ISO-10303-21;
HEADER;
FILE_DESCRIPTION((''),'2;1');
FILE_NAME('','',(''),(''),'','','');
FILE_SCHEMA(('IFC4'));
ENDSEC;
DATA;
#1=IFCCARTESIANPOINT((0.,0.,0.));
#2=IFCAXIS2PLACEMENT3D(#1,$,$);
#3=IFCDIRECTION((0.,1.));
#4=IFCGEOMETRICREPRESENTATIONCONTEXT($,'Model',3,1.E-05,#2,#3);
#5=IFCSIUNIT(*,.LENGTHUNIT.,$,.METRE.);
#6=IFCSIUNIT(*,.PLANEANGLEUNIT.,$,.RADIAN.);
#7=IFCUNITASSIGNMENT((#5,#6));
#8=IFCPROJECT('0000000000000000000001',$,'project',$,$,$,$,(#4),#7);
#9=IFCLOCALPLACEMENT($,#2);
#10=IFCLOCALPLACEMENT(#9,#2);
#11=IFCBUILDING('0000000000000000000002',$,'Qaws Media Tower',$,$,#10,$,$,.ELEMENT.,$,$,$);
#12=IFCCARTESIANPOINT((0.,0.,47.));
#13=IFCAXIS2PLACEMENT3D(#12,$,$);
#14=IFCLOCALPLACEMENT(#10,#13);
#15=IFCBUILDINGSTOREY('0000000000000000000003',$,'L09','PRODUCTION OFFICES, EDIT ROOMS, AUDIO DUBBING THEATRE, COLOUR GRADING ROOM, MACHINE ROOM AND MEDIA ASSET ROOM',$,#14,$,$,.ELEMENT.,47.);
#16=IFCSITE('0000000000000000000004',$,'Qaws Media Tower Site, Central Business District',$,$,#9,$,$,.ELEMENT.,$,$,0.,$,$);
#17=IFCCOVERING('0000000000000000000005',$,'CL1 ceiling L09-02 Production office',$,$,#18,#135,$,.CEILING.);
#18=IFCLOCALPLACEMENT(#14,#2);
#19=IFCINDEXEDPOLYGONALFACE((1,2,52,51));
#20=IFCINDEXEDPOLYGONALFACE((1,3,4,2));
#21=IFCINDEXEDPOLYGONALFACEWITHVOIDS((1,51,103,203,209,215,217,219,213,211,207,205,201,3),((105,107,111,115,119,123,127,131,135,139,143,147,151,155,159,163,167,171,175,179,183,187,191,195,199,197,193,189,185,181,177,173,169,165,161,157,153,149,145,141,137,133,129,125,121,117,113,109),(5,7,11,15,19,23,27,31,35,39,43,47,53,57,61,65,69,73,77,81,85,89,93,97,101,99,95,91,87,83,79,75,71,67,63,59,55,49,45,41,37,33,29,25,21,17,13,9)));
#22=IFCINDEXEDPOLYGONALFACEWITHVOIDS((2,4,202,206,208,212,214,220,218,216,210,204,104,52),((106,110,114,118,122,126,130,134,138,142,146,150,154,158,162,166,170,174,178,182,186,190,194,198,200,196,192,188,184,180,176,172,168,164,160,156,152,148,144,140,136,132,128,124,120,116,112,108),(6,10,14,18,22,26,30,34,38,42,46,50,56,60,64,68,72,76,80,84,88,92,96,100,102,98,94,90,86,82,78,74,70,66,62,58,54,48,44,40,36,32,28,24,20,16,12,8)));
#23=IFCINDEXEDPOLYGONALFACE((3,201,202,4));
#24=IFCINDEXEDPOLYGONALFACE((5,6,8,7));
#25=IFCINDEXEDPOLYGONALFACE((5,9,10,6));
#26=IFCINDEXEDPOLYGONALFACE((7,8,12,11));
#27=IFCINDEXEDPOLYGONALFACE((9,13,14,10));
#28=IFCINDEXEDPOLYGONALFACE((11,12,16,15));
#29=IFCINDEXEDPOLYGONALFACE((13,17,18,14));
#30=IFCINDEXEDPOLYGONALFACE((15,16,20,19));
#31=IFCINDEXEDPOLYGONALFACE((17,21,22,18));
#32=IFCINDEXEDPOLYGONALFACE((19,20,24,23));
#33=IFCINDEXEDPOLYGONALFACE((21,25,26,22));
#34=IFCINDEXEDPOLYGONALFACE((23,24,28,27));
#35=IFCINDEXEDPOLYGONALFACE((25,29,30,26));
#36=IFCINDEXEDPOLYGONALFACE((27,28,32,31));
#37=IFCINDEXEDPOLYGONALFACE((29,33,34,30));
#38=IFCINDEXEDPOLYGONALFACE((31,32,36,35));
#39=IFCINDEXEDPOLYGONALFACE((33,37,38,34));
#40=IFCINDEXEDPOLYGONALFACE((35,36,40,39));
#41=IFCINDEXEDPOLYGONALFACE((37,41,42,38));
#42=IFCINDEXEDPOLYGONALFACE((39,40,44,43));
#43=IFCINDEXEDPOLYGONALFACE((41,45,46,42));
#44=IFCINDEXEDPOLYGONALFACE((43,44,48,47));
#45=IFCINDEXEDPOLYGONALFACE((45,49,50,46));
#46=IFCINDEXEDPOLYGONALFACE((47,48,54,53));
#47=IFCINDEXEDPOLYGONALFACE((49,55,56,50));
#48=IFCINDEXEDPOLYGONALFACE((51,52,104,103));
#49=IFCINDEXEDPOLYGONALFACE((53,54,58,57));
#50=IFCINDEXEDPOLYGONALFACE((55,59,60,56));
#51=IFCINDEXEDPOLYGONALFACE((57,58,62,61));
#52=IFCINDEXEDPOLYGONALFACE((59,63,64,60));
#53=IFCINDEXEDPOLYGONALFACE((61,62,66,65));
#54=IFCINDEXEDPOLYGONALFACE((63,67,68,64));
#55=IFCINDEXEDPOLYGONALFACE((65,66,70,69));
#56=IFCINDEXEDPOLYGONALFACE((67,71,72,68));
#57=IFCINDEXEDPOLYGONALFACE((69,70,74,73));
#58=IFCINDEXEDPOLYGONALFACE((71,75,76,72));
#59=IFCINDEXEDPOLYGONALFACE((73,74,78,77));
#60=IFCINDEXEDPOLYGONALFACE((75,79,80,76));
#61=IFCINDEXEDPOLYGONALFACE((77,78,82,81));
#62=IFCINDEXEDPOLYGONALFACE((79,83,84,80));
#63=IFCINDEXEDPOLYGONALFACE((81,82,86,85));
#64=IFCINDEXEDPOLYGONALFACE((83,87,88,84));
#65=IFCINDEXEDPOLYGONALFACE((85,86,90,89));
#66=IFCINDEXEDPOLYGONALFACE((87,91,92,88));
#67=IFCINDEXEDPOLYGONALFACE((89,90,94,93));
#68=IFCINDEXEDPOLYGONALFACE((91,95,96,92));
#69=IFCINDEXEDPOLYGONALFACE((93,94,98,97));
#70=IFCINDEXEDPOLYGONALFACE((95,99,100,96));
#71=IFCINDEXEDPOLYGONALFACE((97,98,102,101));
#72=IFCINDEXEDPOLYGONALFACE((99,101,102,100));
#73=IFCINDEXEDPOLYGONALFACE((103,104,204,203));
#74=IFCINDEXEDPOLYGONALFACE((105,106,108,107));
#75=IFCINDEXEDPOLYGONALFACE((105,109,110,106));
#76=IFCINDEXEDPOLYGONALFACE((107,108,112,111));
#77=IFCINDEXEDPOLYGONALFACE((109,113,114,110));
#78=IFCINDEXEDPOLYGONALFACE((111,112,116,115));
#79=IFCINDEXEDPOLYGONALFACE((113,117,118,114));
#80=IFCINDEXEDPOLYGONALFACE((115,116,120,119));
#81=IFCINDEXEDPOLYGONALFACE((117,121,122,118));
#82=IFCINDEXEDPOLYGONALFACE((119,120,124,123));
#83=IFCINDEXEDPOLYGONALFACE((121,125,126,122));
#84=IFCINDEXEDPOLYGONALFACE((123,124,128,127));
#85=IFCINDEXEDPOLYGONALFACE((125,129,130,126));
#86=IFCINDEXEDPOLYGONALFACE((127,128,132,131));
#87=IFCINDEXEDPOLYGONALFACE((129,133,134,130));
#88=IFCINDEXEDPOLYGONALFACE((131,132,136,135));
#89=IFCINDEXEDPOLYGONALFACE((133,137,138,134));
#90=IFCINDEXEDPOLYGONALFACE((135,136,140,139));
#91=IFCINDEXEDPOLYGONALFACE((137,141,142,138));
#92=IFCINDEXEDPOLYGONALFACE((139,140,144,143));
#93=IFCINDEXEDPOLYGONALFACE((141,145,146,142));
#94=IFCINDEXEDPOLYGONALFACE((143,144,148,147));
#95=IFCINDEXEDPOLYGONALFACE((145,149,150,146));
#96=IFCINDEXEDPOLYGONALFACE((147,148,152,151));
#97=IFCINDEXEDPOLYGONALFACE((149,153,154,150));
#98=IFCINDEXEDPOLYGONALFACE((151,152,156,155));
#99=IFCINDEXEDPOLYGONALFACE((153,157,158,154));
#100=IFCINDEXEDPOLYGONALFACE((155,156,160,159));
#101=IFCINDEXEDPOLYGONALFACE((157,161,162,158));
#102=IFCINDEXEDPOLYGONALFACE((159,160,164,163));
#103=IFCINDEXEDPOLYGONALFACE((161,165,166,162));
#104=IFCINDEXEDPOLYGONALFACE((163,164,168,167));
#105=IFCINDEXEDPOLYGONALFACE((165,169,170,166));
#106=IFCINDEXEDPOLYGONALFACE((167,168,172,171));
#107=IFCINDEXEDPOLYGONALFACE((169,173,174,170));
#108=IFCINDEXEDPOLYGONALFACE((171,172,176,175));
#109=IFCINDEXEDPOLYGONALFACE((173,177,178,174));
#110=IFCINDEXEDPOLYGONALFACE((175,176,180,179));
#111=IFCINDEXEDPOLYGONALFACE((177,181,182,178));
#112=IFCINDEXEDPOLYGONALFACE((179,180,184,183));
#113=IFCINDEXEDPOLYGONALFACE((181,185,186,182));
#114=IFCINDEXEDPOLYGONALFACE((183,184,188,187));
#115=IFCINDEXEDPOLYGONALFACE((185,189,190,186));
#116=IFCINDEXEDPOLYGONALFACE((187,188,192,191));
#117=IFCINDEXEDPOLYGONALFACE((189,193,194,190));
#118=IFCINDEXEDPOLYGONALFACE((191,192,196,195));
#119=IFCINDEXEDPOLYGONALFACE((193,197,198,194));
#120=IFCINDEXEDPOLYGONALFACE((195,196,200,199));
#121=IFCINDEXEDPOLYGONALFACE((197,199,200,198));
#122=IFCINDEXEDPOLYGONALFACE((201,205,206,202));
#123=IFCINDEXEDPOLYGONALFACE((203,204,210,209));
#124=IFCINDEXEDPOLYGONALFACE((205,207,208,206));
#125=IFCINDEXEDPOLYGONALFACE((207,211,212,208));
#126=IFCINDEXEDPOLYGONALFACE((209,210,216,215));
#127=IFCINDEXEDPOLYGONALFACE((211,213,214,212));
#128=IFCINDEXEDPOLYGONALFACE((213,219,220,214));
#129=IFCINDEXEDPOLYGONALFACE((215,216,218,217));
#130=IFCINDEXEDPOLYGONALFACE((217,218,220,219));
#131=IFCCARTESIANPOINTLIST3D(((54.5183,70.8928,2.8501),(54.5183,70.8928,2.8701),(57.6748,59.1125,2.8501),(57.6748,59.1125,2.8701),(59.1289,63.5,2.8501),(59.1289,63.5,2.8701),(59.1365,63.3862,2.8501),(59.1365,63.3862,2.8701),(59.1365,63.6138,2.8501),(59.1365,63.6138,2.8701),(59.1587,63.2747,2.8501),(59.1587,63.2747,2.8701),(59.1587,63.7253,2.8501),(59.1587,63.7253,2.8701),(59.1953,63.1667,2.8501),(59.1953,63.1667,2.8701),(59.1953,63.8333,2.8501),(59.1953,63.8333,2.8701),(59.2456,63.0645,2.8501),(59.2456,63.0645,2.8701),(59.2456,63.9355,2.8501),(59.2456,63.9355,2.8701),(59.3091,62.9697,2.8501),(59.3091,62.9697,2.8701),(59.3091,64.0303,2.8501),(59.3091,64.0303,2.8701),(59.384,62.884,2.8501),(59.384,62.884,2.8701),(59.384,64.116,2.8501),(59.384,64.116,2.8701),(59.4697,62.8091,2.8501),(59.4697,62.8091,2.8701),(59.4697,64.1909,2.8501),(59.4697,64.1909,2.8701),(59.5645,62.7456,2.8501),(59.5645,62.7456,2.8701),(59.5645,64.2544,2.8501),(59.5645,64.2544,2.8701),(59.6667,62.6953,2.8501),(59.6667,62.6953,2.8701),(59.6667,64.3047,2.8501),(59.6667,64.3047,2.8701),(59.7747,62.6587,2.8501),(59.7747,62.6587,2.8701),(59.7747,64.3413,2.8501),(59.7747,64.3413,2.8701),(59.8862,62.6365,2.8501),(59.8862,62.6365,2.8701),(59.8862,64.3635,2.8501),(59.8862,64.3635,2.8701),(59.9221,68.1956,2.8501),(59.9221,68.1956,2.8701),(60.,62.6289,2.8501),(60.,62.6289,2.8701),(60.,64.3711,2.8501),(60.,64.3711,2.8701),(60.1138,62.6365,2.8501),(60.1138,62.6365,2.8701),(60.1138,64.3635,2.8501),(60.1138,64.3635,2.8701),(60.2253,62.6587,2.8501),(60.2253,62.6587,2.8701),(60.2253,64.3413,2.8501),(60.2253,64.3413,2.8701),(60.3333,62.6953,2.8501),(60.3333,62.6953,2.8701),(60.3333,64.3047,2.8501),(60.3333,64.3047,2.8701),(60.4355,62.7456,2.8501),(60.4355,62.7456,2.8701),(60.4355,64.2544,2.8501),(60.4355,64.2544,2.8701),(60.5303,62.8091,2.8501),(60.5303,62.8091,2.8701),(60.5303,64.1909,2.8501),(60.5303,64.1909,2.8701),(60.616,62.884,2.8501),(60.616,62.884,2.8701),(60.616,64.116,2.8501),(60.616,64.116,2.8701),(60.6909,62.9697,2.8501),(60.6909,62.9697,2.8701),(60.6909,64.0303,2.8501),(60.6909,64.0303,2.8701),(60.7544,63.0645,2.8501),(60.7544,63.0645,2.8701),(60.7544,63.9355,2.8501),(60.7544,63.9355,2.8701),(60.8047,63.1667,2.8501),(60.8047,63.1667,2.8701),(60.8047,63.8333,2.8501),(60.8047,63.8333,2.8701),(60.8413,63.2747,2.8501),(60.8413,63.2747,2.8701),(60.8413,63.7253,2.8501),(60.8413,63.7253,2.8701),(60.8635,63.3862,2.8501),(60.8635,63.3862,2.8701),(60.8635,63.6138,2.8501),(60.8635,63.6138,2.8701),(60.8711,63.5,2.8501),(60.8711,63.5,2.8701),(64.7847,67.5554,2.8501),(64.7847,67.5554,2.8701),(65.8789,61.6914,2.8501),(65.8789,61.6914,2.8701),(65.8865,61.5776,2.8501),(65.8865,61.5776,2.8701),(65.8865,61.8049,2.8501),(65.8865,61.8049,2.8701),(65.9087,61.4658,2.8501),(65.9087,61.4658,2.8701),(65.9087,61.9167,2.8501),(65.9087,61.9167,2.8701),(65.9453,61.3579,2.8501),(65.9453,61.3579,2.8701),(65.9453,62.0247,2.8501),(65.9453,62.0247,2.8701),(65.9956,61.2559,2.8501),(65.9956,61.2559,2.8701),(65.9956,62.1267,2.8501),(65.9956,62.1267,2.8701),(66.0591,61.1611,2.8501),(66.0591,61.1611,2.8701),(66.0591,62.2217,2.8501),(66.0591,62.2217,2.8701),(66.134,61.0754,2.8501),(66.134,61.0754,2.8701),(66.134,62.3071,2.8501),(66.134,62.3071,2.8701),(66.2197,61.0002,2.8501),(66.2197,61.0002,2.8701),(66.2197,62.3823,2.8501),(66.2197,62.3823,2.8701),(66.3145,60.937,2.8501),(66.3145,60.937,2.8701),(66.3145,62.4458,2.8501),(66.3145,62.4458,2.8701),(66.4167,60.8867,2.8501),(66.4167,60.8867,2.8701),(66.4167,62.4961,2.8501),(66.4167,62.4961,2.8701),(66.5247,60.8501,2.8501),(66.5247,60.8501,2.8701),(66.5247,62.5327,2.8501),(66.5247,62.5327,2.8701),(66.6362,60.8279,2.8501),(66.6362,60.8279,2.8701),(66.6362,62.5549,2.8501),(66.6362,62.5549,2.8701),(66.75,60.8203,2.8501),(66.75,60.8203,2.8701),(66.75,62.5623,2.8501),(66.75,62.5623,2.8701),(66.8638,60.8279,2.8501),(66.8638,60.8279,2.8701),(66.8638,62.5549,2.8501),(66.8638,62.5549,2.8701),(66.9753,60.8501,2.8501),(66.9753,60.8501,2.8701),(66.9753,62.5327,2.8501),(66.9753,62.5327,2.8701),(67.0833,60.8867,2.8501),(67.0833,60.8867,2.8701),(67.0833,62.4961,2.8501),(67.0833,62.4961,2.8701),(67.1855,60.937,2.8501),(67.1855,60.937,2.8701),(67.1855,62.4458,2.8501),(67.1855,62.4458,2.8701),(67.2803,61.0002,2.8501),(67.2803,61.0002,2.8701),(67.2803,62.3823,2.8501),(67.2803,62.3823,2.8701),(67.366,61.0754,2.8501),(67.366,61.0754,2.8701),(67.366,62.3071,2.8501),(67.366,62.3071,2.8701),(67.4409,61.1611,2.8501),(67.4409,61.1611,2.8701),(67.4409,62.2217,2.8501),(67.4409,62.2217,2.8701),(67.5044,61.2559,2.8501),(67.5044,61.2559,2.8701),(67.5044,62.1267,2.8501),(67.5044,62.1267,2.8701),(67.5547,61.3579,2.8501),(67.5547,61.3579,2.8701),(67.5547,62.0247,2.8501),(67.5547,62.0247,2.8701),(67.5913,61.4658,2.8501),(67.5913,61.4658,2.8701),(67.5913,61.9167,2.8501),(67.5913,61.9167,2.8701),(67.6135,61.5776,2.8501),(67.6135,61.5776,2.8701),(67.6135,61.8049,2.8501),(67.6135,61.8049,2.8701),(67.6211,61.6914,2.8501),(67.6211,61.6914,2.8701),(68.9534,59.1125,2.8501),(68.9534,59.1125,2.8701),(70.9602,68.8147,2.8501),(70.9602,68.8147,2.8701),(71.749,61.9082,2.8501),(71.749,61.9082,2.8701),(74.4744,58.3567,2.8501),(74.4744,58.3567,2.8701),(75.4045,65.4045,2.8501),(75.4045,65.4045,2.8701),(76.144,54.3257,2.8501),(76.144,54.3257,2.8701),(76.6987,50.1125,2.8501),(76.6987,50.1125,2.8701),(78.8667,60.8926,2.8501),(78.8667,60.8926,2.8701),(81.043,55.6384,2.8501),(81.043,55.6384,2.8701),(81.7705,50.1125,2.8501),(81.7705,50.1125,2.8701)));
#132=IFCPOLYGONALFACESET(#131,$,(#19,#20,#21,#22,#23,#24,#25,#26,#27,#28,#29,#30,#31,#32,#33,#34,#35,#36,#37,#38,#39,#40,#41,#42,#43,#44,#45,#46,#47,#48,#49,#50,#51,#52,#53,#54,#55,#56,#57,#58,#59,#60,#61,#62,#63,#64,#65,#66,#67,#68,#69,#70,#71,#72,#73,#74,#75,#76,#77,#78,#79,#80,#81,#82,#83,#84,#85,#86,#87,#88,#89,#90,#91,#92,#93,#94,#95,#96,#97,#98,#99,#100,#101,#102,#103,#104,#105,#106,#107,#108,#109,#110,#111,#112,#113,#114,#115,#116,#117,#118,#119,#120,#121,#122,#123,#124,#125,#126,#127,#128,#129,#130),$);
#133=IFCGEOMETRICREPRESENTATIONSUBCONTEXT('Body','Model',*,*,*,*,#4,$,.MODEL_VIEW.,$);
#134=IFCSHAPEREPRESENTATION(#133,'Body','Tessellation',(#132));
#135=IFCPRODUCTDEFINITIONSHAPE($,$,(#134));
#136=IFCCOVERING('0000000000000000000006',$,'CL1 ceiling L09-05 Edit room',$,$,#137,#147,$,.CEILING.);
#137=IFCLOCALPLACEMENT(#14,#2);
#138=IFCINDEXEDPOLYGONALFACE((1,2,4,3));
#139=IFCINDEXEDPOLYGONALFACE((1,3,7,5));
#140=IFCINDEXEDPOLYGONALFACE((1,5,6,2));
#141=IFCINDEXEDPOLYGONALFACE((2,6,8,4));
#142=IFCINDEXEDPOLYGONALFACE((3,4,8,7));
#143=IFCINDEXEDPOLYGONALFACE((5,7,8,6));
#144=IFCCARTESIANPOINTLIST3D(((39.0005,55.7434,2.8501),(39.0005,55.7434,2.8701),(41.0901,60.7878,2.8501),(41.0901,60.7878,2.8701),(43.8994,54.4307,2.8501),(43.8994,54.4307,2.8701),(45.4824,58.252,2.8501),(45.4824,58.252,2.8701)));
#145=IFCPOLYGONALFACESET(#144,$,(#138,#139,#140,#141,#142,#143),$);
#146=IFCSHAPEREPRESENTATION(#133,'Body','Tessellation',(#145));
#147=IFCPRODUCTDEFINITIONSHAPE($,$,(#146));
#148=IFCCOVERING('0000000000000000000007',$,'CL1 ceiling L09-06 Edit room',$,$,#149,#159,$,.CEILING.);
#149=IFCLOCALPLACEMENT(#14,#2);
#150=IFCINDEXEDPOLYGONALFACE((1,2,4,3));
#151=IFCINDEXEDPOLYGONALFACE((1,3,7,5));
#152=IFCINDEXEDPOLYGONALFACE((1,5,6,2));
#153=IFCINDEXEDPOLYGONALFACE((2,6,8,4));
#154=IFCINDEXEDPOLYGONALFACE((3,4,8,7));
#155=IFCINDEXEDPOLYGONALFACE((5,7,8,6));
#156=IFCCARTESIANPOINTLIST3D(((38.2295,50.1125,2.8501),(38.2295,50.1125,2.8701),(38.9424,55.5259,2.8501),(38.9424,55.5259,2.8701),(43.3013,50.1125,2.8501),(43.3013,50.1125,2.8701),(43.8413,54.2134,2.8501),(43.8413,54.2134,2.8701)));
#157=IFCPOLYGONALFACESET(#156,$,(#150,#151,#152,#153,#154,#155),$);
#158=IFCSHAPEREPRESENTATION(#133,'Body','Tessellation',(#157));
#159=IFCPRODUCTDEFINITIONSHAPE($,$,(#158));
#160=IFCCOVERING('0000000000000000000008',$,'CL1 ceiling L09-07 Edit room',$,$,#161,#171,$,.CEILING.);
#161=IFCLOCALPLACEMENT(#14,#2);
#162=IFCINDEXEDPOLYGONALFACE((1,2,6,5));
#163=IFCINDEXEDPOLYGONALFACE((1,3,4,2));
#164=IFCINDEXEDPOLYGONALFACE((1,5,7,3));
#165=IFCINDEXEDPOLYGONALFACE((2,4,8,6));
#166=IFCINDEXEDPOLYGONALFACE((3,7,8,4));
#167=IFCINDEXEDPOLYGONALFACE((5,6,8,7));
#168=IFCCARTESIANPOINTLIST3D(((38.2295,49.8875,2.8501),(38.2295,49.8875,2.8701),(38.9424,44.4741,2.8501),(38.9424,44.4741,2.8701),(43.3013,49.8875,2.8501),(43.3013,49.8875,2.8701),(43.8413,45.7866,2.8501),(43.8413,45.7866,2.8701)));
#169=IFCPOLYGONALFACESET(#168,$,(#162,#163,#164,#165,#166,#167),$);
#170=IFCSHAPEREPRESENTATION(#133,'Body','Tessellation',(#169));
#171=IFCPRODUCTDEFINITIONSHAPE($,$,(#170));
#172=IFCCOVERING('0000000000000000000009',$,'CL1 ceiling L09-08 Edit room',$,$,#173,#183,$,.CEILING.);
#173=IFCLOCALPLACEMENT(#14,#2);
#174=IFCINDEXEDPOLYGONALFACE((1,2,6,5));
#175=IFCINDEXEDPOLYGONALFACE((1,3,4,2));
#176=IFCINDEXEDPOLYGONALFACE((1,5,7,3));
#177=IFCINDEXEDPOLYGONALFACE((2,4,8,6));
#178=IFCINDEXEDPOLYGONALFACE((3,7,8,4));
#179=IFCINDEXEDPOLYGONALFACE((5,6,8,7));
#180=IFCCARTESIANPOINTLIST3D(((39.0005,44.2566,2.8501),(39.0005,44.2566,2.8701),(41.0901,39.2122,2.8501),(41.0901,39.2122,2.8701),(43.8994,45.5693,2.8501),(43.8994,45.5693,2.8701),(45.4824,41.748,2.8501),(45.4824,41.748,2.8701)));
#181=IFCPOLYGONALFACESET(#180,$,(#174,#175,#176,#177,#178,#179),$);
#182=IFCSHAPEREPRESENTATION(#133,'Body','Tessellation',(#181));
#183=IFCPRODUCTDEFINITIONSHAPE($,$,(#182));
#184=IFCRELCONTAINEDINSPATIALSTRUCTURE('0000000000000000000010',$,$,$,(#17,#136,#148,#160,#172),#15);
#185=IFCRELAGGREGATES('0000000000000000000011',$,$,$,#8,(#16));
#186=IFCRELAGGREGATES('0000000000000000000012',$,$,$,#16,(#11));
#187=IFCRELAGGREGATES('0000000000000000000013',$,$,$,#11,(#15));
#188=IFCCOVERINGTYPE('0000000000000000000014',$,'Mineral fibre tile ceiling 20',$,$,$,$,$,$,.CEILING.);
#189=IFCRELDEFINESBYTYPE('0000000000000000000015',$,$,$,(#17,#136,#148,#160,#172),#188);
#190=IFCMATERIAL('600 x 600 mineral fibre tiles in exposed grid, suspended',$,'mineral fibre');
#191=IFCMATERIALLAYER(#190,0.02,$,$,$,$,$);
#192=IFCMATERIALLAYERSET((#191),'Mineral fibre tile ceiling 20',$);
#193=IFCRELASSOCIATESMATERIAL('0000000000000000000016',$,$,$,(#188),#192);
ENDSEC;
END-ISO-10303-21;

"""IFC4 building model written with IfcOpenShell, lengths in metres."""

from ifc_helpers import new_model, si_unit, direction, frame, origin, place, context, subcontext, project, spatial, polyline, outline, extrude, material, layer, layer_set, type_object, element, save


model = new_model("IFC4")

# Units and contexts
model_context = context("Model", 3, precision=1e-05, world=origin(), true_north=direction((0.0, 1.0)))
body_context = subcontext(model_context, "Body", "Model", "MODEL_VIEW")
ifc_project = project(units=[si_unit("LENGTHUNIT", "METRE"), si_unit("PLANEANGLEUNIT", "RADIAN")], contexts=[model_context])

# Site, building, storey
site_placement = place(None, origin())
site = spatial("IfcSite", under=ifc_project, at=site_placement, Name="Qaws Media Tower Site, Central Business District", CompositionType="ELEMENT", RefElevation=0.0)
building_placement = place(site_placement, origin())
building = spatial("IfcBuilding", under=site, at=building_placement, Name="Qaws Media Tower", CompositionType="ELEMENT")
storey_placement = place(building_placement, frame((0.0, 0.0, 47.0)))
storey = spatial("IfcBuildingStorey", under=building, at=storey_placement, Name="L09", Description="PRODUCTION OFFICES, EDIT ROOMS, AUDIO DUBBING THEATRE, COLOUR GRADING ROOM, MACHINE ROOM AND MEDIA ASSET ROOM", CompositionType="ELEMENT", Elevation=47.0)

# Coverings
ifc_material_1 = material(Name="600 x 600 mineral fibre tiles in exposed grid, suspended", Category="mineral fibre")
ifc_layer_1 = layer(ifc_material_1, 0.02)
ifc_layer_set_1 = layer_set([ifc_layer_1], Name="Mineral fibre tile ceiling 20")
covering_type_1 = type_object("IfcCoveringType", Name="Mineral fibre tile ceiling 20", PredefinedType="CEILING", material=ifc_layer_set_1)
covering_1_placement = place(storey_placement, frame((0.0, 0.0, 2.8501)))
element("IfcCovering", 1, at=covering_1_placement, inside=storey, type_object=covering_type_1, Name="CL1 ceiling L09-02 Production office", PredefinedType="CEILING", context=body_context, shape_type="SweptSolid", body=[
    extrude(outline(polyline([(59.9221, 68.1956), (64.7847, 67.5554), (70.9602, 68.8147), (75.4045, 65.4045), (78.8667, 60.8926), (81.043, 55.6384), (81.7705, 50.1125), (76.6987, 50.1125), (76.144, 54.3257), (74.4744, 58.3567), (71.749, 61.9082), (68.9534, 59.1125), (57.6748, 59.1125), (54.5183, 70.8928), (59.9221, 68.1956)]), holes=[polyline([(60.8047, 63.1667), (60.8413, 63.2747), (60.8635, 63.3862), (60.8711, 63.5), (60.8635, 63.6138), (60.8413, 63.7253), (60.8047, 63.8333), (60.7544, 63.9355), (60.6909, 64.0303), (60.616, 64.116), (60.5303, 64.1909), (60.4355, 64.2544), (60.3333, 64.3047), (60.2253, 64.3413), (60.1138, 64.3635), (60.0, 64.3711), (59.8862, 64.3635), (59.7747, 64.3413), (59.6667, 64.3047), (59.5645, 64.2544), (59.4697, 64.1909), (59.384, 64.116), (59.3091, 64.0303), (59.2456, 63.9355), (59.1953, 63.8333), (59.1587, 63.7253), (59.1365, 63.6138), (59.1289, 63.5), (59.1365, 63.3862), (59.1587, 63.2747), (59.1953, 63.1667), (59.2456, 63.0645), (59.3091, 62.9697), (59.384, 62.884), (59.4697, 62.8091), (59.5645, 62.7456), (59.6667, 62.6953), (59.7747, 62.6587), (59.8862, 62.6365), (60.0, 62.6289), (60.1138, 62.6365), (60.2253, 62.6587), (60.3333, 62.6953), (60.4355, 62.7456), (60.5303, 62.8091), (60.616, 62.884), (60.6909, 62.9697), (60.7544, 63.0645), (60.8047, 63.1667)]), polyline([(67.5547, 61.3579), (67.5913, 61.4658), (67.6135, 61.5776), (67.6211, 61.6914), (67.6135, 61.8049), (67.5913, 61.9167), (67.5547, 62.0247), (67.5044, 62.1267), (67.4409, 62.2217), (67.366, 62.3071), (67.2803, 62.3823), (67.1855, 62.4458), (67.0833, 62.4961), (66.9753, 62.5327), (66.8638, 62.5549), (66.75, 62.5623), (66.6362, 62.5549), (66.5247, 62.5327), (66.4167, 62.4961), (66.3145, 62.4458), (66.2197, 62.3823), (66.134, 62.3071), (66.0591, 62.2217), (65.9956, 62.1267), (65.9453, 62.0247), (65.9087, 61.9167), (65.8865, 61.8049), (65.8789, 61.6914), (65.8865, 61.5776), (65.9087, 61.4658), (65.9453, 61.3579), (65.9956, 61.2559), (66.0591, 61.1611), (66.134, 61.0754), (66.2197, 61.0002), (66.3145, 60.937), (66.4167, 60.8867), (66.5247, 60.8501), (66.6362, 60.8279), (66.75, 60.8203), (66.8638, 60.8279), (66.9753, 60.8501), (67.0833, 60.8867), (67.1855, 60.937), (67.2803, 61.0002), (67.366, 61.0754), (67.4409, 61.1611), (67.5044, 61.2559), (67.5547, 61.3579)])]), origin(), (0.0, 0.0, 1.0), 0.02),
])
covering_2_placement = place(storey_placement, frame((0.0, 0.0, 2.8501)))
element("IfcCovering", 2, at=covering_2_placement, inside=storey, type_object=covering_type_1, Name="CL1 ceiling L09-05 Edit room", PredefinedType="CEILING", context=body_context, shape_type="SweptSolid", body=[
    extrude(outline(polyline([(41.0901, 60.7878), (45.4824, 58.252), (43.8994, 54.4307), (39.0005, 55.7434), (41.0901, 60.7878)])), origin(), (0.0, 0.0, 1.0), 0.02),
])
covering_3_placement = place(storey_placement, frame((0.0, 0.0, 2.8501)))
element("IfcCovering", 3, at=covering_3_placement, inside=storey, type_object=covering_type_1, Name="CL1 ceiling L09-06 Edit room", PredefinedType="CEILING", context=body_context, shape_type="SweptSolid", body=[
    extrude(outline(polyline([(38.9424, 55.5259), (43.8413, 54.2134), (43.3013, 50.1125), (38.2295, 50.1125), (38.9424, 55.5259)])), origin(), (0.0, 0.0, 1.0), 0.02),
])
covering_4_placement = place(storey_placement, frame((0.0, 0.0, 2.8501)))
element("IfcCovering", 4, at=covering_4_placement, inside=storey, type_object=covering_type_1, Name="CL1 ceiling L09-07 Edit room", PredefinedType="CEILING", context=body_context, shape_type="SweptSolid", body=[
    extrude(outline(polyline([(38.2295, 49.8875), (43.3013, 49.8875), (43.8413, 45.7866), (38.9424, 44.4741), (38.2295, 49.8875)])), origin(), (0.0, 0.0, 1.0), 0.02),
])
covering_5_placement = place(storey_placement, frame((0.0, 0.0, 2.8501)))
element("IfcCovering", 5, at=covering_5_placement, inside=storey, type_object=covering_type_1, Name="CL1 ceiling L09-08 Edit room", PredefinedType="CEILING", context=body_context, shape_type="SweptSolid", body=[
    extrude(outline(polyline([(39.0005, 44.2566), (43.8994, 45.5693), (45.4824, 41.748), (41.0901, 39.2122), (39.0005, 44.2566)])), origin(), (0.0, 0.0, 1.0), 0.02),
])

save(model, "model.ifc")
